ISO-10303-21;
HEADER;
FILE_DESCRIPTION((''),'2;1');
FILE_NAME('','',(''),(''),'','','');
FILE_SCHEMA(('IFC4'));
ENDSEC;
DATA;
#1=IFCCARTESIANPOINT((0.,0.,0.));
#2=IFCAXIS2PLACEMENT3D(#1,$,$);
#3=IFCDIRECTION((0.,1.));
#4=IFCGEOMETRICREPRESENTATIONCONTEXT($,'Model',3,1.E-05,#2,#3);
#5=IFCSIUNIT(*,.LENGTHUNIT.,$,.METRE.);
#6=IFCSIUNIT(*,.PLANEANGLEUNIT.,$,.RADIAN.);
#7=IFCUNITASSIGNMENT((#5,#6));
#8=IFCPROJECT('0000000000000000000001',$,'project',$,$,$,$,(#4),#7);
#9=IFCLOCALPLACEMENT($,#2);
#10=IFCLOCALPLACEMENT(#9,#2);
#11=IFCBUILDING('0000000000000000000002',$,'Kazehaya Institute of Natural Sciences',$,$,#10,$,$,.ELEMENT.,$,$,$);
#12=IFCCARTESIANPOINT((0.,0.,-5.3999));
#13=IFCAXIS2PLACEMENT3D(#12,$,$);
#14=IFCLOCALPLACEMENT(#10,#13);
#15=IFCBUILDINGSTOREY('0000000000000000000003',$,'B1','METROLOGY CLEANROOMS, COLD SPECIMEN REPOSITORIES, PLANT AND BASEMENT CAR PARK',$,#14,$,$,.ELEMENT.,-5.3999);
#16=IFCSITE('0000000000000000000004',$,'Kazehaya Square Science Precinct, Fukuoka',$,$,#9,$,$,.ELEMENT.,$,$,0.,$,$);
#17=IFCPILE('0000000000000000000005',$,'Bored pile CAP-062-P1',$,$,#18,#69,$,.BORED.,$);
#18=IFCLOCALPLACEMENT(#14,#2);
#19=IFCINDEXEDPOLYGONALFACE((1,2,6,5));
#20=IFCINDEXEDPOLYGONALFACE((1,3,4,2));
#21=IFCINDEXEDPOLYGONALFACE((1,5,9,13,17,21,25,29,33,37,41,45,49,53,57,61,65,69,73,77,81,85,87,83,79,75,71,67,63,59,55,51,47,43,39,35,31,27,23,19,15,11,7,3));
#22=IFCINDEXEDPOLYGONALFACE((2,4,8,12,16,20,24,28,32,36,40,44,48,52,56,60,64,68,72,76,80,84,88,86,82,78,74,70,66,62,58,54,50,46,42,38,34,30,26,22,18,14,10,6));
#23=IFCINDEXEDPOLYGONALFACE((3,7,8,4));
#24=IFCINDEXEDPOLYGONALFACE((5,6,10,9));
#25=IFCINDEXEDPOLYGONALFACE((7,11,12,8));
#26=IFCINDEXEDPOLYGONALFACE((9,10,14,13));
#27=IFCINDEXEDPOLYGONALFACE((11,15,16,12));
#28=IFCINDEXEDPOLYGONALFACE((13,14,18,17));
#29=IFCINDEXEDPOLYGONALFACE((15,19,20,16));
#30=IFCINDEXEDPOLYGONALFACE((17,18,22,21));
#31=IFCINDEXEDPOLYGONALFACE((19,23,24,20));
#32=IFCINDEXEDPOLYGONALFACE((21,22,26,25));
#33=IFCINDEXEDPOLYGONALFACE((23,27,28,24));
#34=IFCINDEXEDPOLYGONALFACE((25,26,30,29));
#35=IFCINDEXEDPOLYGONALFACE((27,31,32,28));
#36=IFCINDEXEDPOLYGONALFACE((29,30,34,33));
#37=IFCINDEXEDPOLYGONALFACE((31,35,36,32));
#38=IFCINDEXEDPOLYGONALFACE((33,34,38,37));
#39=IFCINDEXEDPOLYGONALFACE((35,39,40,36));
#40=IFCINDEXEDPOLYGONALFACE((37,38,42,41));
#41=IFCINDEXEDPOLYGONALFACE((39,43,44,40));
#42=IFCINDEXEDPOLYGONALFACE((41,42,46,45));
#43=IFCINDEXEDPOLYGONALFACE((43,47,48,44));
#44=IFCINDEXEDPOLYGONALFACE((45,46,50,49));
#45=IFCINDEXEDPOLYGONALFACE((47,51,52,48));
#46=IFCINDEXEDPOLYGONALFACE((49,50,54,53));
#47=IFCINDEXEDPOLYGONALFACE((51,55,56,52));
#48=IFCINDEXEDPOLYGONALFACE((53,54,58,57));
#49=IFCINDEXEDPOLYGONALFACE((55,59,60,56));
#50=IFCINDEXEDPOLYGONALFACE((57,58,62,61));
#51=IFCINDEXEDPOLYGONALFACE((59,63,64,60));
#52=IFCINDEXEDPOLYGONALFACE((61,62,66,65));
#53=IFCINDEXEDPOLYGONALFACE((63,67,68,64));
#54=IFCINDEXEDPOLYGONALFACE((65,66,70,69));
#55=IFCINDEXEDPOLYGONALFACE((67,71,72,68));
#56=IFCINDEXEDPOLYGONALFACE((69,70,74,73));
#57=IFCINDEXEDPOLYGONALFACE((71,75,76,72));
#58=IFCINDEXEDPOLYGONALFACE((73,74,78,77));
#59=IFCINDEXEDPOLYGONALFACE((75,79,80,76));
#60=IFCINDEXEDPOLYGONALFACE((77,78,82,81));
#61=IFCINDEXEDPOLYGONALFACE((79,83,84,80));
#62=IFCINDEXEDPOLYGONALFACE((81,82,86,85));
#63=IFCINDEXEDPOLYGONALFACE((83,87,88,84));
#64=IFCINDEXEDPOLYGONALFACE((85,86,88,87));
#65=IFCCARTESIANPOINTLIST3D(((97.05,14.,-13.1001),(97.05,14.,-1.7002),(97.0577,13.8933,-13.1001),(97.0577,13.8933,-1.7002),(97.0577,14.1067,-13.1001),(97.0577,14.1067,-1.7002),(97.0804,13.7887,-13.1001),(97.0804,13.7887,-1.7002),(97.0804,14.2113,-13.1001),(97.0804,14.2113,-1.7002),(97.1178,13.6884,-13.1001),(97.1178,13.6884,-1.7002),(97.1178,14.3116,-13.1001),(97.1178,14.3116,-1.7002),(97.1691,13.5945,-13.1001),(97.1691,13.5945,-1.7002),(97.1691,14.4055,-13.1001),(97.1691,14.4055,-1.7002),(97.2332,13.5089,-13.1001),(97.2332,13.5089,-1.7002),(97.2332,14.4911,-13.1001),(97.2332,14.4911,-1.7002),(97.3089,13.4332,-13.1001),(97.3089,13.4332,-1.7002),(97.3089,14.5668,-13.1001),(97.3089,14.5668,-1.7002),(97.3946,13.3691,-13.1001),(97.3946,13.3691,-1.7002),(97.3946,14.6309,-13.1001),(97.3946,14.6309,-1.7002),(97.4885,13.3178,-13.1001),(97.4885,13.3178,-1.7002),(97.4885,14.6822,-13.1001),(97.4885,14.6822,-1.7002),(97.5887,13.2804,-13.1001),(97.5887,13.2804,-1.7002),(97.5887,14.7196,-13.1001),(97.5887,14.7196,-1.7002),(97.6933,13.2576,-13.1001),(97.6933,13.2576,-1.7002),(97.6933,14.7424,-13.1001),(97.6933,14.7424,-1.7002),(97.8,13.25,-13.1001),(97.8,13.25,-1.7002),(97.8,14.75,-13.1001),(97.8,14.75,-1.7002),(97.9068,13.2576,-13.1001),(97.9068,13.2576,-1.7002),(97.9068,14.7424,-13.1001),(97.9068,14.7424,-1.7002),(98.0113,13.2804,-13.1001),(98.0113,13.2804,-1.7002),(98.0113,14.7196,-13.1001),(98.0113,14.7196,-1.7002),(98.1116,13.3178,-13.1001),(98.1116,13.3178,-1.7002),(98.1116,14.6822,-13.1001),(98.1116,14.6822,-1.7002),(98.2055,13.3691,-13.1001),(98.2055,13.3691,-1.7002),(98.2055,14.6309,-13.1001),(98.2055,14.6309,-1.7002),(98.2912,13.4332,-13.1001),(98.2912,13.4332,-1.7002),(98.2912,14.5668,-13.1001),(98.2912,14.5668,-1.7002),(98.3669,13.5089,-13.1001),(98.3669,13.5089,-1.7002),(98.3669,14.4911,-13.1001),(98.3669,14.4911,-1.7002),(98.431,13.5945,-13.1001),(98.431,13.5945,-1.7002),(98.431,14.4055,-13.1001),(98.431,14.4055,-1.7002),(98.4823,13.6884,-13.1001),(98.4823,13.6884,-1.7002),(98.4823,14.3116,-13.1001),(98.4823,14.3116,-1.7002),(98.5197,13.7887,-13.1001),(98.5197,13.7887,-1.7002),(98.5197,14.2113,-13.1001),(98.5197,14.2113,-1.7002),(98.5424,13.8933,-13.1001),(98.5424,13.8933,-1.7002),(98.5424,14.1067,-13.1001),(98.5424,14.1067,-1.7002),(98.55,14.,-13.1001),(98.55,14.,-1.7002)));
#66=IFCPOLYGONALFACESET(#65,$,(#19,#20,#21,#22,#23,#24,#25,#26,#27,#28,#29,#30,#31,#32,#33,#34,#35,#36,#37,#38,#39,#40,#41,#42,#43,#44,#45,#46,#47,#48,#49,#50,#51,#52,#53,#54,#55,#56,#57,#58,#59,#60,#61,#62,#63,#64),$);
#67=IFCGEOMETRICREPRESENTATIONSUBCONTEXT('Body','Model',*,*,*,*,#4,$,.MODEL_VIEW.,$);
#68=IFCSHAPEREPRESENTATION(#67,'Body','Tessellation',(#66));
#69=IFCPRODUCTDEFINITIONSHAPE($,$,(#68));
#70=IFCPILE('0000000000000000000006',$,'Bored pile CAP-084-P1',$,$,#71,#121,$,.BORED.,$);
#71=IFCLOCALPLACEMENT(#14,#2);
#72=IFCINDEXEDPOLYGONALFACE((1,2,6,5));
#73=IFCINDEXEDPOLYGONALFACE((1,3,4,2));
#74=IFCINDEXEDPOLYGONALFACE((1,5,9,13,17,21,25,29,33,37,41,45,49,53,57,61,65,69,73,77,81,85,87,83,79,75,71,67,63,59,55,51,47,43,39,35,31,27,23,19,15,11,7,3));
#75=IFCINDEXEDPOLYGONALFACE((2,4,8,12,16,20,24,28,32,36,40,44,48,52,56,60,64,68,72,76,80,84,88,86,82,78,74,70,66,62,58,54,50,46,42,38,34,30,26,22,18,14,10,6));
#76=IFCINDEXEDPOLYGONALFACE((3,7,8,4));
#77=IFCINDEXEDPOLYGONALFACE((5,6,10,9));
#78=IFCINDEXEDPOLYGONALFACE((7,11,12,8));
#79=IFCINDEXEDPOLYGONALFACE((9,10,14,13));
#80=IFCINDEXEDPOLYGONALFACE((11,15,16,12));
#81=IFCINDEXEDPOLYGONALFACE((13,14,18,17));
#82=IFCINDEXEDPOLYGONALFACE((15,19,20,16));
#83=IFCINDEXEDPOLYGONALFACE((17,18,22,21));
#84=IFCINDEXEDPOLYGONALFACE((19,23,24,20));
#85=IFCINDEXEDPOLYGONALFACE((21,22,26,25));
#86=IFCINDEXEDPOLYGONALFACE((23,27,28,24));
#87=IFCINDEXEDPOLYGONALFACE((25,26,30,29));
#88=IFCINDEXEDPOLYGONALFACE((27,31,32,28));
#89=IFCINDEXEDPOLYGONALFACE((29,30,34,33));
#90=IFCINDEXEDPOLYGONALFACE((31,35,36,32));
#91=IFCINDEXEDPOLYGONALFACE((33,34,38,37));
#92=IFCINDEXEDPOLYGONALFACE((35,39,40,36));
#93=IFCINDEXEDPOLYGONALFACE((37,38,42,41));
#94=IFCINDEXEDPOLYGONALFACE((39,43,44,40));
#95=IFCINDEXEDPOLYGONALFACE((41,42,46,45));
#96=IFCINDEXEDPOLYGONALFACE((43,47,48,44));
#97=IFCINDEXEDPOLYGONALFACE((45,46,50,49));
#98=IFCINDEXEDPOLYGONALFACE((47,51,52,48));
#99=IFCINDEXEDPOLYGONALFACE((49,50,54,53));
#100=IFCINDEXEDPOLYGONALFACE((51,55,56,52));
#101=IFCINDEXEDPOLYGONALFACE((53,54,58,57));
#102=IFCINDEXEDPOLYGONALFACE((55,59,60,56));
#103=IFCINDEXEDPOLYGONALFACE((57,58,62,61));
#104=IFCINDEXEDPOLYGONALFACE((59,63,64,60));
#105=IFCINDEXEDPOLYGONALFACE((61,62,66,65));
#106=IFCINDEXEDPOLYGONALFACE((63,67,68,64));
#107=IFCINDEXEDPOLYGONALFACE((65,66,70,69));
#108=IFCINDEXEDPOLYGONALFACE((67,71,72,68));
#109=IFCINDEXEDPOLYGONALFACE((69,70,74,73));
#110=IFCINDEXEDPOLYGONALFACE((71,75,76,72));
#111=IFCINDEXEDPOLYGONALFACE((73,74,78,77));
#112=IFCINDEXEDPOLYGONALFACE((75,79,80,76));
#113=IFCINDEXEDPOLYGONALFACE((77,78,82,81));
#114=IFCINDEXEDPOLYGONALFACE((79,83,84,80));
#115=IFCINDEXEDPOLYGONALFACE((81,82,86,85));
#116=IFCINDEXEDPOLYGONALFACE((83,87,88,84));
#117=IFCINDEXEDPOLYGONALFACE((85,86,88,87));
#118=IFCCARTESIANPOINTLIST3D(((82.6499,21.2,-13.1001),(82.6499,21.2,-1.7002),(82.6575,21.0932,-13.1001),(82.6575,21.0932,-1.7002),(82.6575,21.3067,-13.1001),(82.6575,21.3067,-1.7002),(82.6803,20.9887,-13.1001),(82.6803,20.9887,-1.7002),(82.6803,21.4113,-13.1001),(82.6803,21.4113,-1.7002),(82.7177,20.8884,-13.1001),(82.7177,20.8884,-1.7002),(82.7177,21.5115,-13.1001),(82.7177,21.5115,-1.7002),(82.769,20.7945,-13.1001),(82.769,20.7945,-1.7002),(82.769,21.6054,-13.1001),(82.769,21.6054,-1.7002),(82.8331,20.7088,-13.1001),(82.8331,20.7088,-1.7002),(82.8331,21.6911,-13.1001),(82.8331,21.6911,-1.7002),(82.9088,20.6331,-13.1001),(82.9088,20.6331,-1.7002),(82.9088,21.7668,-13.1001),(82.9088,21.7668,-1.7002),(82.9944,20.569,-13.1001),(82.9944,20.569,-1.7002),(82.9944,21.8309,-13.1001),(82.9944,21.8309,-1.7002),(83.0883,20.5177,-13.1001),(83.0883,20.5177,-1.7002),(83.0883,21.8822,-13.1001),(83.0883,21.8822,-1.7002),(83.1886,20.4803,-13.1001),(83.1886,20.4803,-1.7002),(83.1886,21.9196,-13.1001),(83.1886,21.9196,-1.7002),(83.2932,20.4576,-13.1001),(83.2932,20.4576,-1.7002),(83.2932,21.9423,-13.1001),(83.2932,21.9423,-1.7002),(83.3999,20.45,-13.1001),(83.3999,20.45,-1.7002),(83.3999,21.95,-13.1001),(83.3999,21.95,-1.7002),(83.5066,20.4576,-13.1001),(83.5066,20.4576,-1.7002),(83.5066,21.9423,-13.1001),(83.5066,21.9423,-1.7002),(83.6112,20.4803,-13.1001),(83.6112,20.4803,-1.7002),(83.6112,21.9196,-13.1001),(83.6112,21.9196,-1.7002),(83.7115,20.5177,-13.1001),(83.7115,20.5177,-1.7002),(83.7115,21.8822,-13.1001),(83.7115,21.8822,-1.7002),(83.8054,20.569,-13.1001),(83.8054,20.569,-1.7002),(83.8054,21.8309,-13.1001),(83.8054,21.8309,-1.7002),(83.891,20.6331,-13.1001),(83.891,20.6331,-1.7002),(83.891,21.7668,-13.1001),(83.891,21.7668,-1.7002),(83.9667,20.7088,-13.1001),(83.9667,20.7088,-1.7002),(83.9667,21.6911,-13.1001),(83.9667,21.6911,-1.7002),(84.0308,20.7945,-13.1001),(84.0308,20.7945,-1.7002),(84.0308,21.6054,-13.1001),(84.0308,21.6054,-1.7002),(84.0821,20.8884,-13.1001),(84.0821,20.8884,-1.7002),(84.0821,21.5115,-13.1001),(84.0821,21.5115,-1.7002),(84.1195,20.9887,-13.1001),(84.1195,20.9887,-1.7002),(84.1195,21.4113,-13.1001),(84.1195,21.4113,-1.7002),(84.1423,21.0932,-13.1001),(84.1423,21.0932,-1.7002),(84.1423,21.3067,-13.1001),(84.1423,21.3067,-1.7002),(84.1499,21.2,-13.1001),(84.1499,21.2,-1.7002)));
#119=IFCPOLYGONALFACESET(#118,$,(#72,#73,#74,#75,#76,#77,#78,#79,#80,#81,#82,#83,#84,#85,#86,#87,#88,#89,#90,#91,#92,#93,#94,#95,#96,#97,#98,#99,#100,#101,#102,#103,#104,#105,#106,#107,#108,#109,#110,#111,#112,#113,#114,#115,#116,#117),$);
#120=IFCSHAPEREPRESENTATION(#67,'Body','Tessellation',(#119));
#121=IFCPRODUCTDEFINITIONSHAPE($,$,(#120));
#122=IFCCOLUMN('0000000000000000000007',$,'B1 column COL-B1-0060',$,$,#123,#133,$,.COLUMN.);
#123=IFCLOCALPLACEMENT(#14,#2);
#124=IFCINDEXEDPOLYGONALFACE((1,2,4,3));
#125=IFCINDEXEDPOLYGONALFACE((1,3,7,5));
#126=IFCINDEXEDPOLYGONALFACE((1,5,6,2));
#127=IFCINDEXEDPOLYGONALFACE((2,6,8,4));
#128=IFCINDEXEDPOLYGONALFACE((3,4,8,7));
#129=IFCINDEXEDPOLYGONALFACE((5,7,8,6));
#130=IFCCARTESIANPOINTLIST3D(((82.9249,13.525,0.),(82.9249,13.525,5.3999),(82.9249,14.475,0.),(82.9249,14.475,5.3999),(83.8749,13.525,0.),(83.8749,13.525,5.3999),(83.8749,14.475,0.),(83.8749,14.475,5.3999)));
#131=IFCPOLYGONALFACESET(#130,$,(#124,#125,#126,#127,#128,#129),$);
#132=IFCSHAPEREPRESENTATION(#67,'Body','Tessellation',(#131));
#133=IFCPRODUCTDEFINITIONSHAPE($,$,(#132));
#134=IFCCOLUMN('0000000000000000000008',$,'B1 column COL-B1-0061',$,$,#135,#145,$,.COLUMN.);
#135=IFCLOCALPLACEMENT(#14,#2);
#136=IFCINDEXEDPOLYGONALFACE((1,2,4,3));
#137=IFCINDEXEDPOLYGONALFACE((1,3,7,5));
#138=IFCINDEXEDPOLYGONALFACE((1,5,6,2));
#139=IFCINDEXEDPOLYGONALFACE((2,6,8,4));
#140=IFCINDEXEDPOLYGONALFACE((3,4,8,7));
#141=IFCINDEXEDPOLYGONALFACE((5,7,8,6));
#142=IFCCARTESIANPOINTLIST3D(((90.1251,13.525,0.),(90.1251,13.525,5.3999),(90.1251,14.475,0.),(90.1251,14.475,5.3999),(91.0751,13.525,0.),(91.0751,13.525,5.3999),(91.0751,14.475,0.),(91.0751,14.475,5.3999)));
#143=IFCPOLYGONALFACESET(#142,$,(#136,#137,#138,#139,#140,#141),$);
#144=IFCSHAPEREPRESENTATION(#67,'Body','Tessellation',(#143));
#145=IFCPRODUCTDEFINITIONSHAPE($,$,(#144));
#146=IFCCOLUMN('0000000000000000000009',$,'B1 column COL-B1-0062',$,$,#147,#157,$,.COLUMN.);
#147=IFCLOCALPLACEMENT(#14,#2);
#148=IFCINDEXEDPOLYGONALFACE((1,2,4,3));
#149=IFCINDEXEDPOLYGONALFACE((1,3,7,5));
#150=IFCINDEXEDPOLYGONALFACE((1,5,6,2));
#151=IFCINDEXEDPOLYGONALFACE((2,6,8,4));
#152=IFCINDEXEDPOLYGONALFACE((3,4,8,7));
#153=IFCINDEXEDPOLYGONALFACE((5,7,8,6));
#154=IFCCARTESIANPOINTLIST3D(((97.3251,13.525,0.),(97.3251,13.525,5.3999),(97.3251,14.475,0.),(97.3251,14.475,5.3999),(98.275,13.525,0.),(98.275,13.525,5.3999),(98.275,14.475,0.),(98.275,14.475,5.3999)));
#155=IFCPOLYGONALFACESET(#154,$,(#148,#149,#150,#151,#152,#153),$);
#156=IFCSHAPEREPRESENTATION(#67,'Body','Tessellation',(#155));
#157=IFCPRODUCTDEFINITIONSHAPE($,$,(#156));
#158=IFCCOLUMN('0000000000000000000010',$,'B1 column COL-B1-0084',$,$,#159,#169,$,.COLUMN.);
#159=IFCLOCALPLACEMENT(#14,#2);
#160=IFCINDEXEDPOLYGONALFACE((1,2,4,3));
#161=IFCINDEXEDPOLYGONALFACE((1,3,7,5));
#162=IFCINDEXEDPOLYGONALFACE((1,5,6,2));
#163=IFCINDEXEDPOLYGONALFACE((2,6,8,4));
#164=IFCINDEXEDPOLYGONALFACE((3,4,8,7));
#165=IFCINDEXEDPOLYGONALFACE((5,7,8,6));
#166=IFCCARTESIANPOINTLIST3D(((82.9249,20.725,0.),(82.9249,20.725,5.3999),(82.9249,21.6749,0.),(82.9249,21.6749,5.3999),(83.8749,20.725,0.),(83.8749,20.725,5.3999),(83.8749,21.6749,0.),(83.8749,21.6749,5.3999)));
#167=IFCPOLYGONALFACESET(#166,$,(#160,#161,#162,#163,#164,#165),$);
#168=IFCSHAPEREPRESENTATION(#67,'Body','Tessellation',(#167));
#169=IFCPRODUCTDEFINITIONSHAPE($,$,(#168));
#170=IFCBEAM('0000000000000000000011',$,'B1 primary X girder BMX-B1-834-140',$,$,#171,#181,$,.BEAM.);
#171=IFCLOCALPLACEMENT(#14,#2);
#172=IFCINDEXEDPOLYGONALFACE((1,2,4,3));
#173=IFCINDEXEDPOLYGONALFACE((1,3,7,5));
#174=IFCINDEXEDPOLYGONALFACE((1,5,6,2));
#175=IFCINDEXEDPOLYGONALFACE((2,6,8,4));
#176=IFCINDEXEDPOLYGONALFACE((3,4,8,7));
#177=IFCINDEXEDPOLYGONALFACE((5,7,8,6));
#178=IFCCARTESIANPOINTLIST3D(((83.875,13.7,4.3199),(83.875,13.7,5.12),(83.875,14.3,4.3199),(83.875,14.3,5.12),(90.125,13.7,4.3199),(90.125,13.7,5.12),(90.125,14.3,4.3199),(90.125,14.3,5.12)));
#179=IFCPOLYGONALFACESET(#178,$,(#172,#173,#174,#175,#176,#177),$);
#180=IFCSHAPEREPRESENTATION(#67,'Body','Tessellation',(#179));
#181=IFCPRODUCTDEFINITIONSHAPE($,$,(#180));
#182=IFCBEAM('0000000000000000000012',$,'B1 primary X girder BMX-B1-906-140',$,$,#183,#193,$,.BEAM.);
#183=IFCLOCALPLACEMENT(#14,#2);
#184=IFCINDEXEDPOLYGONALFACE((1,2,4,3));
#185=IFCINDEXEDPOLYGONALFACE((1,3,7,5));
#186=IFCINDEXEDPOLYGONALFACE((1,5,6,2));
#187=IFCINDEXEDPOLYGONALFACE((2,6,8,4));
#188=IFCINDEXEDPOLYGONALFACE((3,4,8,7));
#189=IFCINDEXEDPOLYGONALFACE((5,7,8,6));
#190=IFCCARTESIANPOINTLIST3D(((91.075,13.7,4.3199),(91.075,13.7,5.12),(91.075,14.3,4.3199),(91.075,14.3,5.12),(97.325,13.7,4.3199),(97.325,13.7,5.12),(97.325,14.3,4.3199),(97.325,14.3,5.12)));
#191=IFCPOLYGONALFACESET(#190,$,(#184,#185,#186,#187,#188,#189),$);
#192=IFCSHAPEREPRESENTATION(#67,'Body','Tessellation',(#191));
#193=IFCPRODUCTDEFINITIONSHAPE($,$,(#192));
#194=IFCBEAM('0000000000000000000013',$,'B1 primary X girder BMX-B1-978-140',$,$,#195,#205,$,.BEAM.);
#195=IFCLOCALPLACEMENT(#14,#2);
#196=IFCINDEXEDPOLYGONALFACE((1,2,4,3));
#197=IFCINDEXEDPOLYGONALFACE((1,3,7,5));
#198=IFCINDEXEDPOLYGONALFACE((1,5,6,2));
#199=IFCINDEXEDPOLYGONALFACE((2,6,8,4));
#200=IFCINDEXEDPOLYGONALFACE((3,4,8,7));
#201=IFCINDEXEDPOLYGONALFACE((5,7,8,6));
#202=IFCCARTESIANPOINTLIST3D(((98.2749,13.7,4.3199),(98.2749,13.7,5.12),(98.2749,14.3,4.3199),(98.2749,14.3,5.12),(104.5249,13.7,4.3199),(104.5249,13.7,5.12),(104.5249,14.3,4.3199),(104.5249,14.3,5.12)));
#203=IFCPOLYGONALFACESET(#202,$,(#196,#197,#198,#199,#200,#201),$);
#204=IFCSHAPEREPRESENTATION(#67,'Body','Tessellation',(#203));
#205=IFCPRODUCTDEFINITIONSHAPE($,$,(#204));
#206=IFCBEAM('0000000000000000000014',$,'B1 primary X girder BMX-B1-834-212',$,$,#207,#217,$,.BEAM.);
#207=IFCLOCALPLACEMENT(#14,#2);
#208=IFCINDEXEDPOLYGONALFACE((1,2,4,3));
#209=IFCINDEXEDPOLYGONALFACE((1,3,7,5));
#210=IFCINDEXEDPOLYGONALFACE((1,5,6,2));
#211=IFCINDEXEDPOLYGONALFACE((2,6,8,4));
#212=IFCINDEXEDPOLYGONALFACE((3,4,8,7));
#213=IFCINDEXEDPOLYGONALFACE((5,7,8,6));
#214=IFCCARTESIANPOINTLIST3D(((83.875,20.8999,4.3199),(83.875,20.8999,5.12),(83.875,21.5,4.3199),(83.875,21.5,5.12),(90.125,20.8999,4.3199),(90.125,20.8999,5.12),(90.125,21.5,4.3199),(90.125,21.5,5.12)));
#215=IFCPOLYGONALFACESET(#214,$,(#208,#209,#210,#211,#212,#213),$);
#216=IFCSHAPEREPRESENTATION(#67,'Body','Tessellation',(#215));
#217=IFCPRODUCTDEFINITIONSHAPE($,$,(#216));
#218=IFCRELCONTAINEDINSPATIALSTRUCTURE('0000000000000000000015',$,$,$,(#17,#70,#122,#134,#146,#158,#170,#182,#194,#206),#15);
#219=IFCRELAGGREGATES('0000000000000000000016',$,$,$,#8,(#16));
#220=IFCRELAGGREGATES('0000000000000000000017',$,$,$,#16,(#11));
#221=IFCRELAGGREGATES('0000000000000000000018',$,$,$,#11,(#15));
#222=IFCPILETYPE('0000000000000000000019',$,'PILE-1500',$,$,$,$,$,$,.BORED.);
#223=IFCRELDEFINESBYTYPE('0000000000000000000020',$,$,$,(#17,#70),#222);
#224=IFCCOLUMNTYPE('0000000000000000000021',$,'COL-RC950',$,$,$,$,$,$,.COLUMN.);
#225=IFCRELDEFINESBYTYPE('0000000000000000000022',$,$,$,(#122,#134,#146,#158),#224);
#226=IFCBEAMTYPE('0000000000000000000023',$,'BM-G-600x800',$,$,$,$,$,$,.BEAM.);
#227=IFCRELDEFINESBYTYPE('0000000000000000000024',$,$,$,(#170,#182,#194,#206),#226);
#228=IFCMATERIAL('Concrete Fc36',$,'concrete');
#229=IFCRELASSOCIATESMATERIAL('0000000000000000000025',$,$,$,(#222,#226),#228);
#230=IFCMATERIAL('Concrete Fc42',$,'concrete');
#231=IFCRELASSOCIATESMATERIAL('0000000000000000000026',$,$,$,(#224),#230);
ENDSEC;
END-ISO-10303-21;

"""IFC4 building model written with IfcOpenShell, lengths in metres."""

from ifc_helpers import new_model, si_unit, direction, frame, origin, origin_2d, place, context, subcontext, project, spatial, rectangle, circle, extrude, material, material_profile, profile_set, type_object, element, save


model = new_model("IFC4")

# Units and contexts
model_context = context("Model", 3, precision=1e-05, world=origin(), true_north=direction((0.0, 1.0)))
body_context = subcontext(model_context, "Body", "Model", "MODEL_VIEW")
ifc_project = project(units=[si_unit("LENGTHUNIT", "METRE"), si_unit("PLANEANGLEUNIT", "RADIAN")], contexts=[model_context])

# Site, building, storey
site_placement = place(None, origin())
site = spatial("IfcSite", under=ifc_project, at=site_placement, Name="Kazehaya Square Science Precinct, Fukuoka", CompositionType="ELEMENT", RefElevation=0.0)
building_placement = place(site_placement, origin())
building = spatial("IfcBuilding", under=site, at=building_placement, Name="Kazehaya Institute of Natural Sciences", CompositionType="ELEMENT")
storey_placement = place(building_placement, frame((0.0, 0.0, -5.3999)))
storey = spatial("IfcBuildingStorey", under=building, at=storey_placement, Name="B1", Description="METROLOGY CLEANROOMS, COLD SPECIMEN REPOSITORIES, PLANT AND BASEMENT CAR PARK", CompositionType="ELEMENT", Elevation=-5.3999)

# Shared definitions
ifc_material_1 = material(Name="Concrete Fc36", Category="concrete")

# Piles
ifc_material_profile_1 = material_profile(ifc_material_1, circle(Radius=0.75, at=origin_2d()), Name="PILE-1500")
ifc_profile_set_1 = profile_set([ifc_material_profile_1], Name="Concrete Fc36")
pile_type_1 = type_object("IfcPileType", Name="PILE-1500", PredefinedType="BORED", material=ifc_profile_set_1)
for number, where, z_axis, x_axis, name in (
    (1, (97.8, 14.0, -1.7002), (0.0, 0.0, -1.0), (1.0, 0.0, 0.0), "Bored pile CAP-062-P1"),
    (2, (83.3999, 21.2, -1.7002), (0.0, 0.0, -1.0), (1.0, 0.0, 0.0), "Bored pile CAP-084-P1"),
):
    element("IfcPile", number, at=place(storey_placement, frame(where, z_axis=z_axis, x_axis=x_axis)), inside=storey, type_object=pile_type_1, Name=name, PredefinedType="BORED", context=body_context, shape_type="SweptSolid", body=[
        extrude(circle(Radius=0.75, at=origin_2d()), origin(), (0.0, 0.0, 1.0), 11.3999),
    ])

# Columns
ifc_material_2 = material(Name="Concrete Fc42", Category="concrete")
ifc_material_profile_2 = material_profile(ifc_material_2, rectangle(XDim=0.95, YDim=0.95, at=origin_2d()), Name="RC-950x950")
ifc_profile_set_2 = profile_set([ifc_material_profile_2], Name="Concrete Fc42")
column_type = type_object("IfcColumnType", Name="COL-RC950", PredefinedType="COLUMN", material=ifc_profile_set_2)
for number, where, z_axis, x_axis, name in (
    (3, (83.3999, 14.0, 0.0), (0.0, 0.0, 1.0), (1.0, 0.0, 0.0), "B1 column COL-B1-0060"),
    (4, (90.6001, 14.0, 0.0), (0.0, 0.0, 1.0), (1.0, 0.0, 0.0), "B1 column COL-B1-0061"),
    (5, (97.8, 14.0, 0.0), (0.0, 0.0, 1.0), (1.0, 0.0, 0.0), "B1 column COL-B1-0062"),
    (6, (83.3999, 21.2, 0.0), (0.0, 0.0, 1.0), (1.0, 0.0, 0.0), "B1 column COL-B1-0084"),
):
    element("IfcColumn", number, at=place(storey_placement, frame(where, z_axis=z_axis, x_axis=x_axis)), inside=storey, type_object=column_type, Name=name, PredefinedType="COLUMN", context=body_context, shape_type="SweptSolid", body=[
        extrude(rectangle(XDim=0.95, YDim=0.95, at=origin_2d()), origin(), (0.0, 0.0, 1.0), 5.3999),
    ])

# Beams
ifc_material_profile_3 = material_profile(ifc_material_1, rectangle(XDim=0.6001, YDim=0.8, at=origin_2d()), Name="RC-600x800")
ifc_profile_set_3 = profile_set([ifc_material_profile_3], Name="Concrete Fc36")
beam_type_1 = type_object("IfcBeamType", Name="BM-G-600x800", PredefinedType="BEAM", material=ifc_profile_set_3)
for number, where, z_axis, x_axis, name in (
    (7, (83.875, 14.0, 4.72), (1.0, 0.0, 0.0), (0.0, 1.0, 0.0), "B1 primary X girder BMX-B1-834-140"),
    (8, (91.075, 14.0, 4.72), (1.0, 0.0, 0.0), (0.0, 1.0, 0.0), "B1 primary X girder BMX-B1-906-140"),
    (9, (98.2749, 14.0, 4.72), (1.0, 0.0, 0.0), (0.0, 1.0, 0.0), "B1 primary X girder BMX-B1-978-140"),
    (10, (83.875, 21.2, 4.72), (1.0, 0.0, 0.0), (0.0, 1.0, 0.0), "B1 primary X girder BMX-B1-834-212"),
):
    element("IfcBeam", number, at=place(storey_placement, frame(where, z_axis=z_axis, x_axis=x_axis)), inside=storey, type_object=beam_type_1, Name=name, PredefinedType="BEAM", context=body_context, shape_type="SweptSolid", body=[
        extrude(rectangle(XDim=0.6001, YDim=0.8, at=origin_2d()), origin(), (0.0, 0.0, 1.0), 6.25),
    ])

save(model, "model.ifc")
